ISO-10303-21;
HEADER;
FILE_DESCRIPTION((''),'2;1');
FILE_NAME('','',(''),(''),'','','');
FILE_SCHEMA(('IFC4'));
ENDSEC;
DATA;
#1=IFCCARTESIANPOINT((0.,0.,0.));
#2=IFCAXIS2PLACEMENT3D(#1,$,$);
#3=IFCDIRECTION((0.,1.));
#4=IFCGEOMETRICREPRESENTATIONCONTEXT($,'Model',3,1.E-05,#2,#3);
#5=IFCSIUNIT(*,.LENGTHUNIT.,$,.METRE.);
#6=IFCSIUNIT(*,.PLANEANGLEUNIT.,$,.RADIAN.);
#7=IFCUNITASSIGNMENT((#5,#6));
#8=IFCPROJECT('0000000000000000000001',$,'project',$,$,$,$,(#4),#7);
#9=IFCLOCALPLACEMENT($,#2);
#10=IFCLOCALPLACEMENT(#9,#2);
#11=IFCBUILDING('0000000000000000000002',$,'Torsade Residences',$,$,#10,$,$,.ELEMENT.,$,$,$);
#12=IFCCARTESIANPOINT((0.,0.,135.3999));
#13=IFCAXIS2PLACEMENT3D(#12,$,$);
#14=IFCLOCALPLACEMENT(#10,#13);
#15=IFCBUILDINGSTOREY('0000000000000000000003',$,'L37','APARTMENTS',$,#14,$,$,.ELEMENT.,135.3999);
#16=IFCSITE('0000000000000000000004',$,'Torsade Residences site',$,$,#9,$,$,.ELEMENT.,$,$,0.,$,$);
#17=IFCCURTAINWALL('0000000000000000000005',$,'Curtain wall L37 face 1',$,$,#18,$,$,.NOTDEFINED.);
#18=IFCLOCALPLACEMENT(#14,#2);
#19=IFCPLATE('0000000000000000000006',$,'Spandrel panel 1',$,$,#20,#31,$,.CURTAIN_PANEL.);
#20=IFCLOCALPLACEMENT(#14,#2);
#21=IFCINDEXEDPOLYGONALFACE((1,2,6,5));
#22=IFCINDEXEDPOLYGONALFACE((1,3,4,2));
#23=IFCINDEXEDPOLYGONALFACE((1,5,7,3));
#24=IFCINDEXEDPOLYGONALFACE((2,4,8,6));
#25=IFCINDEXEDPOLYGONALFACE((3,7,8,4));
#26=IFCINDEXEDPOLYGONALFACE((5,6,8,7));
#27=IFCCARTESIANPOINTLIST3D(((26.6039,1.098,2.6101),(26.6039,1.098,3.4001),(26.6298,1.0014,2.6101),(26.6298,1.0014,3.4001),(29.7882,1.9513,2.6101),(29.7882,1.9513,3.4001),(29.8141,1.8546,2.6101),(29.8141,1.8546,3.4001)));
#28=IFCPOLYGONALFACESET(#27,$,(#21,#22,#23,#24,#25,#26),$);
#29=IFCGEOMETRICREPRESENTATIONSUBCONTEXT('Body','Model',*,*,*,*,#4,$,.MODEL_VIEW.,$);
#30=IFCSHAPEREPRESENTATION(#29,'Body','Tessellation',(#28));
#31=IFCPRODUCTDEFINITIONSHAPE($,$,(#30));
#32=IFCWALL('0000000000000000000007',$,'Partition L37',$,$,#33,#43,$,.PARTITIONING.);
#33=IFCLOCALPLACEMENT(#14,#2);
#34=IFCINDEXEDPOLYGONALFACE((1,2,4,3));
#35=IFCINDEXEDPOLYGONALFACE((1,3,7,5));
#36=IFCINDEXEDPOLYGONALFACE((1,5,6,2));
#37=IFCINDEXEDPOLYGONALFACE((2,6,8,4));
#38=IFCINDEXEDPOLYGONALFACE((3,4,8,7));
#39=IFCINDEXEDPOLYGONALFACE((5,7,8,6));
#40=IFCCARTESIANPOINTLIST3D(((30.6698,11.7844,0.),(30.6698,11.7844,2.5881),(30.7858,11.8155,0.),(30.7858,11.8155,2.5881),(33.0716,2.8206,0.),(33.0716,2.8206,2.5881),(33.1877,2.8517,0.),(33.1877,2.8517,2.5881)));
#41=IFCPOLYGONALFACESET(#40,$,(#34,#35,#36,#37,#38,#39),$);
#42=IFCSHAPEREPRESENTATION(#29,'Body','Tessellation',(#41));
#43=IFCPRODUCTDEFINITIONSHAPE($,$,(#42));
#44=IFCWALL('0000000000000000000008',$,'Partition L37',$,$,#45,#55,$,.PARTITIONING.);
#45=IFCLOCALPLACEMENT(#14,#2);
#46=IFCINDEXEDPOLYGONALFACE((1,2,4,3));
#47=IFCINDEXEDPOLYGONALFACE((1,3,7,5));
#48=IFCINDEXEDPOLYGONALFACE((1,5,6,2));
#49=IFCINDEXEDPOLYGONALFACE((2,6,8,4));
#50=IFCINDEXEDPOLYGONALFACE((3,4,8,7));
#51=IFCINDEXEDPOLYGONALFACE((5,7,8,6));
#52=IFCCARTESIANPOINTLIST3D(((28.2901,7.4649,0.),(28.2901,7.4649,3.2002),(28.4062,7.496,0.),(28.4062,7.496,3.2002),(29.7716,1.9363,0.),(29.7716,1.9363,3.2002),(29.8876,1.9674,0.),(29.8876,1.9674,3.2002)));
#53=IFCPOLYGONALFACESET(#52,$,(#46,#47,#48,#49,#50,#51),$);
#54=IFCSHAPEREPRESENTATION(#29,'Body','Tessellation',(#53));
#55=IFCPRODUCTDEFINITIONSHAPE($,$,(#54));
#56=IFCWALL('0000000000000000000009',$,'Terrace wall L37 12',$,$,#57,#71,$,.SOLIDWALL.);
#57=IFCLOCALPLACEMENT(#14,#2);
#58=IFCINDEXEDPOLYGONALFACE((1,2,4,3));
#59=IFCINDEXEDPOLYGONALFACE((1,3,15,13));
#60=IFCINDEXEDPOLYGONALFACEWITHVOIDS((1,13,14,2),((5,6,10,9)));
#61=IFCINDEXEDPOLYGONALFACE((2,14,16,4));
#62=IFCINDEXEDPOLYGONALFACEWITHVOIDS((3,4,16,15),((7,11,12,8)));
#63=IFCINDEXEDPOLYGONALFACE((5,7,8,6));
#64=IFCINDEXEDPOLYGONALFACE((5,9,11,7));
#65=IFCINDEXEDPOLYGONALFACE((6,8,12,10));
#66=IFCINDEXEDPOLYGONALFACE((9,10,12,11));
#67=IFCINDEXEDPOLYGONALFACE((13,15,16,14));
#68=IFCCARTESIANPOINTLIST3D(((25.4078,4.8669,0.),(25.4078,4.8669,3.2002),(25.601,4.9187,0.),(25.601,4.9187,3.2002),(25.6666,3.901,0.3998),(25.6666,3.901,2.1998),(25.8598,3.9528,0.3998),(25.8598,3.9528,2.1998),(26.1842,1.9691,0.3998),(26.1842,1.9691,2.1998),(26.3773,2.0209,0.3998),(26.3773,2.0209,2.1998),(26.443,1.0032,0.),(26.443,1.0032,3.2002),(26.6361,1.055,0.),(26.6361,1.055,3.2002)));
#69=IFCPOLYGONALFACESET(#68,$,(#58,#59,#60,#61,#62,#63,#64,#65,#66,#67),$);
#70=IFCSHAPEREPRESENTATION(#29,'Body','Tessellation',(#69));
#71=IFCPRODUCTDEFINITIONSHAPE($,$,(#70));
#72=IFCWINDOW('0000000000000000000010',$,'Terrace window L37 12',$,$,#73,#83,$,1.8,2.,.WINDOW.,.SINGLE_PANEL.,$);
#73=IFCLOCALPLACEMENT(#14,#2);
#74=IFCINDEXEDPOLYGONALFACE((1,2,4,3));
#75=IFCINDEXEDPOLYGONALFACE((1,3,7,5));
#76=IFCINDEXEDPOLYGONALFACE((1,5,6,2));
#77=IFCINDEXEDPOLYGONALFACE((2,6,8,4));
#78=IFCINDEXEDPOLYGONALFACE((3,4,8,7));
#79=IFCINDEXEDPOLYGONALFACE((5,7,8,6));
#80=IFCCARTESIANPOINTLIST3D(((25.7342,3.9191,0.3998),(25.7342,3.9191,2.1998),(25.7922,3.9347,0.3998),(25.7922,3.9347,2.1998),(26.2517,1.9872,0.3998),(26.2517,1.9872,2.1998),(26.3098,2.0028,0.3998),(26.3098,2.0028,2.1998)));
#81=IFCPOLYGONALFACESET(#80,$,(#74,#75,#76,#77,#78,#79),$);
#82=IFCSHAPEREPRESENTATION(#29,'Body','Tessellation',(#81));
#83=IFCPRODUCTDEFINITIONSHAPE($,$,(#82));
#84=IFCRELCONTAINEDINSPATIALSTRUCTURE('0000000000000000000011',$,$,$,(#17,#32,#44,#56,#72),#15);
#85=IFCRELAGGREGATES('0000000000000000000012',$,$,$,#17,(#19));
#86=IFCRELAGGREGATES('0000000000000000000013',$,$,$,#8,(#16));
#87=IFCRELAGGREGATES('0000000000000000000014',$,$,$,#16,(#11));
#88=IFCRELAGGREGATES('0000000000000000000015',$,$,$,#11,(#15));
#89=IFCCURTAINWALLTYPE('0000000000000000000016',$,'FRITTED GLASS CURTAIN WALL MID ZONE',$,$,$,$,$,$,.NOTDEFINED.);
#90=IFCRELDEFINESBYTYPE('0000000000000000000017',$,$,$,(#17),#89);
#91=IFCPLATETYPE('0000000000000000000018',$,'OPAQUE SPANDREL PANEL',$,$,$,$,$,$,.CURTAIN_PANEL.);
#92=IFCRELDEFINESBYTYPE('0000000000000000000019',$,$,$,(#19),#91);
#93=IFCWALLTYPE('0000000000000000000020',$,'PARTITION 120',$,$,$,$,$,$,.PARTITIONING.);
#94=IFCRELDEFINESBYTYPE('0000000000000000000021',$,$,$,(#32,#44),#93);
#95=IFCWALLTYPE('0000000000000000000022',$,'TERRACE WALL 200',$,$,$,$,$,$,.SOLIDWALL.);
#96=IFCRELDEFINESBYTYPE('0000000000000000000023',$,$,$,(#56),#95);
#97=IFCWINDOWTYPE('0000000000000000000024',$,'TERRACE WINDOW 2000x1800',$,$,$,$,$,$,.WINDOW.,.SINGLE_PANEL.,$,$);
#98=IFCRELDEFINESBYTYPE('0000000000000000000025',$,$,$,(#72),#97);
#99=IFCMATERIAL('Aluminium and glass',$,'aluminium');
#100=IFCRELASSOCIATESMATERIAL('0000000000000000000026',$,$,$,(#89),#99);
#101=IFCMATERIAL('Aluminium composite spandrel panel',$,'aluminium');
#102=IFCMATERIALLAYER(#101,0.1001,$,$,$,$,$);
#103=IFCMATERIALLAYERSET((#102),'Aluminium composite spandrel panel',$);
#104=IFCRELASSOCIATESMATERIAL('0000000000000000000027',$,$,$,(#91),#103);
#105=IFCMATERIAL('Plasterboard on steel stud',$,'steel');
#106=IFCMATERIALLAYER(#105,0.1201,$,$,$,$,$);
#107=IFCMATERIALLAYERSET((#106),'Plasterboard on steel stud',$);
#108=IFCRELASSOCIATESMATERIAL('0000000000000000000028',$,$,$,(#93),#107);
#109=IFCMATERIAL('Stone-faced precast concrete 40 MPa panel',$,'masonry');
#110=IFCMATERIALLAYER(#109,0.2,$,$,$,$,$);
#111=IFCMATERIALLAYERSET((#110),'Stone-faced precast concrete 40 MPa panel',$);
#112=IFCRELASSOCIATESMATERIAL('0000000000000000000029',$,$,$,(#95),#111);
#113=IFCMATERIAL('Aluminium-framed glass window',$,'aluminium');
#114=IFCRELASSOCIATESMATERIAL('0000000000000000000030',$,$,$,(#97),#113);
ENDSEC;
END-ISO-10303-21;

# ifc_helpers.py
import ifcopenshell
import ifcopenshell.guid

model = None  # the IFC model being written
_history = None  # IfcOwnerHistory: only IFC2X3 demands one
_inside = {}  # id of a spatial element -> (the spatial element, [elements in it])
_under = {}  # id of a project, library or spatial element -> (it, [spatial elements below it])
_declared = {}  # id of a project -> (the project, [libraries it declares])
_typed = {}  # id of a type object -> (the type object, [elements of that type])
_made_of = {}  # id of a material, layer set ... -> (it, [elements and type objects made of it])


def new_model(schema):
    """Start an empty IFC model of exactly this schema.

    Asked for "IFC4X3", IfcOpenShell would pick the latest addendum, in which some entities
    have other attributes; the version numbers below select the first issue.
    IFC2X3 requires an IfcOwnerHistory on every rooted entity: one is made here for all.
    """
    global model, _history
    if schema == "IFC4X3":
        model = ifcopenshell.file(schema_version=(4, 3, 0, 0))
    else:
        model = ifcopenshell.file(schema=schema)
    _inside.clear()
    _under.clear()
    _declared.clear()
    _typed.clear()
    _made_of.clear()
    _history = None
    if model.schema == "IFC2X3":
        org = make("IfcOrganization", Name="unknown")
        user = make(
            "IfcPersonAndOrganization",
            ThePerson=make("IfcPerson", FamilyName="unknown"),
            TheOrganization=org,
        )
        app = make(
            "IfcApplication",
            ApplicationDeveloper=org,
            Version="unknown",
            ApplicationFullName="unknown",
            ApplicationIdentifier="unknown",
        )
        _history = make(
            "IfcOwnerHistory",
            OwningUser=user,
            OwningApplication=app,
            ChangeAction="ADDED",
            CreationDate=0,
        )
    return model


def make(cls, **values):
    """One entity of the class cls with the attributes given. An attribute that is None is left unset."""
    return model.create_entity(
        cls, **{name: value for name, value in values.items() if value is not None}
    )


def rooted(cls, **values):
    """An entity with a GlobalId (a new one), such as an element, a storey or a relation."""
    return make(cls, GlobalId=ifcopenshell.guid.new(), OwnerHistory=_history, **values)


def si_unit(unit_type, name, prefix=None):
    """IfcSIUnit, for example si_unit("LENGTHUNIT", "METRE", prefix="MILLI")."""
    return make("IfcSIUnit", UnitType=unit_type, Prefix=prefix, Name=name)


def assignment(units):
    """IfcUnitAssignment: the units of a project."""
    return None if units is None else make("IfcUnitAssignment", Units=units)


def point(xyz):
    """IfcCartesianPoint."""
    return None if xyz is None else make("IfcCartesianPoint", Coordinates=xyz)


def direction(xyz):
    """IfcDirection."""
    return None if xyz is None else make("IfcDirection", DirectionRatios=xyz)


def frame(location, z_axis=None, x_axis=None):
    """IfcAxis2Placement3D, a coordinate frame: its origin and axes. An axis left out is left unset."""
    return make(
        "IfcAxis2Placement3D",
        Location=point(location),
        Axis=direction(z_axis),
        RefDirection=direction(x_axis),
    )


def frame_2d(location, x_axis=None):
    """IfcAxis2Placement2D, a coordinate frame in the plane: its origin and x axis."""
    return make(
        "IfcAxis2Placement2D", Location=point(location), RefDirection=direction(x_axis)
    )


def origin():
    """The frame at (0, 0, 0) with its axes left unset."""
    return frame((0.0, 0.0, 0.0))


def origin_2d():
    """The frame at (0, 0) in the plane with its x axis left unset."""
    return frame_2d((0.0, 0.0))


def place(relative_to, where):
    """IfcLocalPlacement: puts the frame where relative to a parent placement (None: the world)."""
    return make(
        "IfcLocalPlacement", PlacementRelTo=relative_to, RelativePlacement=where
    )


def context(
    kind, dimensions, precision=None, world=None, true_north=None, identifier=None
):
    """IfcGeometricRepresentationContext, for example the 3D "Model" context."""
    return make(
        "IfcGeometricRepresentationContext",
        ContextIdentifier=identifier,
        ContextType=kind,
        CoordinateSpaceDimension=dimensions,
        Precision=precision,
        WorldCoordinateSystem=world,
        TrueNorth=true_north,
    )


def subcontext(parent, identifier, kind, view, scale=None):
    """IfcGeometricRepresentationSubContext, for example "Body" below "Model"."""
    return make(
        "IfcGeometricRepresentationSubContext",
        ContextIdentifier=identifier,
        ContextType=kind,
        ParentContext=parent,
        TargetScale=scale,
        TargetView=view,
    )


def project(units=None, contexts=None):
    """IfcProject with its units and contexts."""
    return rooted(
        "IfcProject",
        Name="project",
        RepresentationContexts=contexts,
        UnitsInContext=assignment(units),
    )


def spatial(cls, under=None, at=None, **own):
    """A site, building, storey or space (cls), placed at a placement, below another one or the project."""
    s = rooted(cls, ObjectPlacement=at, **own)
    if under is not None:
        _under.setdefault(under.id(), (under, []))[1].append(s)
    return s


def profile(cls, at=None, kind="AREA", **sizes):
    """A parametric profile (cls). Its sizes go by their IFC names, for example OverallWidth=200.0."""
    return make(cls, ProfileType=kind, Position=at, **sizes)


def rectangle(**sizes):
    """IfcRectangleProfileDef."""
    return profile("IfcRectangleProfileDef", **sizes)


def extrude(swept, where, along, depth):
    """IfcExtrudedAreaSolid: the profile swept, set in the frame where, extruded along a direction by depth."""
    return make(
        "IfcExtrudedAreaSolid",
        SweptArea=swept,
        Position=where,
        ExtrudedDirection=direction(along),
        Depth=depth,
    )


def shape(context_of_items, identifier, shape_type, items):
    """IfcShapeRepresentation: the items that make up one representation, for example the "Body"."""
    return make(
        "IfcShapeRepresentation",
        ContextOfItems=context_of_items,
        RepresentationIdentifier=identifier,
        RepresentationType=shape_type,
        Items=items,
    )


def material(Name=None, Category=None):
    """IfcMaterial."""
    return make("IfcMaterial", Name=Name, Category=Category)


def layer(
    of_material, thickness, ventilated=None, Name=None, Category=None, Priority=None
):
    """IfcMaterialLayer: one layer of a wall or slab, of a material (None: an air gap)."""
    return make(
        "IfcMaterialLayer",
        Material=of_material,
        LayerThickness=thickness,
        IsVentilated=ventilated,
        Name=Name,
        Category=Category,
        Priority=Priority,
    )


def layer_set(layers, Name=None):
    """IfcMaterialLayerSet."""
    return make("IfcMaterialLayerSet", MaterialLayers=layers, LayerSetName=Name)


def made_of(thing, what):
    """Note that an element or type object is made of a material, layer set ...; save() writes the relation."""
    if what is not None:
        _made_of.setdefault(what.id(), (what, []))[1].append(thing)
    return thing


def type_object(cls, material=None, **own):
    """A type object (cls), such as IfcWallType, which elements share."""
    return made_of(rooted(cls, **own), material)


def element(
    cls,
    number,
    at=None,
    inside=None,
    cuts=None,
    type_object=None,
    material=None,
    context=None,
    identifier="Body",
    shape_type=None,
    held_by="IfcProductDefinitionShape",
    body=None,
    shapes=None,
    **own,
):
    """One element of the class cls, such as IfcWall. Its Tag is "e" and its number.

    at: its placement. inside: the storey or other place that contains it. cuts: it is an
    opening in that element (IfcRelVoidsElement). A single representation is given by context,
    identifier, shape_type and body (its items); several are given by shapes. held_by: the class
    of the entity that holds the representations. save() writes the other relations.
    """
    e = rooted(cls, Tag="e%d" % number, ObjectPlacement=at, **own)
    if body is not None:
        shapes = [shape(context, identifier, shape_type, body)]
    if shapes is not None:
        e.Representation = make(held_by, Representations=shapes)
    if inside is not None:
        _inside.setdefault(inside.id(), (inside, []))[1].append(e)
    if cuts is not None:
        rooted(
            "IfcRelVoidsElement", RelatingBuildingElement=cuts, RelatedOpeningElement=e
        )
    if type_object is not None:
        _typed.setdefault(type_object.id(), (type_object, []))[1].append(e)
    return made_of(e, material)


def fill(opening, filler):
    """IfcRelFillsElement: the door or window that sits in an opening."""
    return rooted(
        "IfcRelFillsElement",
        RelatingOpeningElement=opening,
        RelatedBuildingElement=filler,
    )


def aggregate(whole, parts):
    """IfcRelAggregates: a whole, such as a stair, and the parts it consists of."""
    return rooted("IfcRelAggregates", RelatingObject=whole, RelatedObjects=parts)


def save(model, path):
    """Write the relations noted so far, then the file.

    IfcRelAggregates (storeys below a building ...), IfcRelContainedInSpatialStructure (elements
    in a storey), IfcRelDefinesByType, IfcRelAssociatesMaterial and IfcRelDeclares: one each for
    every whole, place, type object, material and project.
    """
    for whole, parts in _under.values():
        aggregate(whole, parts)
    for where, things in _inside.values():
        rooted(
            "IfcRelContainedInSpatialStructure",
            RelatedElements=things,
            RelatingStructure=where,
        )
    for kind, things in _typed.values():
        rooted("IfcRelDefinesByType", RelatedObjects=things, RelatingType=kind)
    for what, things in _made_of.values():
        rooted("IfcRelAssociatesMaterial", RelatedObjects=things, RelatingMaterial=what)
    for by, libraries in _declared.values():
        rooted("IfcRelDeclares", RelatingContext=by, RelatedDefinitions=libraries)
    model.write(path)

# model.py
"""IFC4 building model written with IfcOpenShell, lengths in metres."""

from ifc_helpers import new_model, si_unit, direction, frame, frame_2d, origin, origin_2d, place, context, subcontext, project, spatial, rectangle, extrude, material, layer, layer_set, type_object, element, fill, aggregate, save


model = new_model("IFC4")

# Units and contexts
model_context = context("Model", 3, precision=1e-05, world=origin(), true_north=direction((0.0, 1.0)))
body_context = subcontext(model_context, "Body", "Model", "MODEL_VIEW")
ifc_project = project(units=[si_unit("LENGTHUNIT", "METRE"), si_unit("PLANEANGLEUNIT", "RADIAN")], contexts=[model_context])

# Site, building, storey
site_placement = place(None, origin())
site = spatial("IfcSite", under=ifc_project, at=site_placement, Name="Torsade Residences site", CompositionType="ELEMENT", RefElevation=0.0)
building_placement = place(site_placement, origin())
building = spatial("IfcBuilding", under=site, at=building_placement, Name="Torsade Residences", CompositionType="ELEMENT")
storey_placement = place(building_placement, frame((0.0, 0.0, 135.3999)))
storey = spatial("IfcBuildingStorey", under=building, at=storey_placement, Name="L37", Description="APARTMENTS", CompositionType="ELEMENT", Elevation=135.3999)

# Curtain wall
ifc_material_1 = material(Name="Aluminium and glass", Category="aluminium")
curtain_wall_type = type_object("IfcCurtainWallType", Name="FRITTED GLASS CURTAIN WALL MID ZONE", PredefinedType="NOTDEFINED", material=ifc_material_1)
curtain_wall_placement = place(storey_placement, origin())
curtain_wall = element("IfcCurtainWall", 1, at=curtain_wall_placement, inside=storey, type_object=curtain_wall_type, Name="Curtain wall L37 face 1", PredefinedType="NOTDEFINED")

# Plate
ifc_material_2 = material(Name="Aluminium composite spandrel panel", Category="aluminium")
ifc_layer_1 = layer(ifc_material_2, 0.1001)
ifc_layer_set_1 = layer_set([ifc_layer_1], Name="Aluminium composite spandrel panel")
plate_type_1 = type_object("IfcPlateType", Name="OPAQUE SPANDREL PANEL", PredefinedType="CURTAIN_PANEL", material=ifc_layer_set_1)
plate_1_placement = place(storey_placement, frame((28.209, 1.4763, 2.6101), z_axis=(0.0, 0.0, 1.0), x_axis=(0.965926, 0.258819, 0.0)))
plate_1 = element("IfcPlate", 2, at=plate_1_placement, type_object=plate_type_1, Name="Spandrel panel 1", PredefinedType="CURTAIN_PANEL", context=body_context, shape_type="SweptSolid", body=[
    extrude(rectangle(XDim=3.2966, YDim=0.1001, at=origin_2d()), origin(), (0.0, 0.0, 1.0), 0.79),
])
aggregate(curtain_wall, [plate_1])

# Walls
ifc_material_3 = material(Name="Plasterboard on steel stud", Category="steel")
ifc_layer_2 = layer(ifc_material_3, 0.1201)
ifc_layer_set_2 = layer_set([ifc_layer_2], Name="Plasterboard on steel stud")
wall_type_1 = type_object("IfcWallType", Name="PARTITION 120", PredefinedType="PARTITIONING", material=ifc_layer_set_2)
wall_1_placement = place(storey_placement, frame((30.7278, 11.8, 0.0), z_axis=(0.0, 0.0, 1.0), x_axis=(0.258818, -0.965926, 0.0)))
element("IfcWall", 3, at=wall_1_placement, inside=storey, type_object=wall_type_1, Name="Partition L37", PredefinedType="PARTITIONING", context=body_context, shape_type="SweptSolid", body=[
    extrude(rectangle(XDim=9.28, YDim=0.1201, at=frame_2d((4.6401, 0.0))), origin(), (0.0, 0.0, 1.0), 2.5881),
])
wall_2_placement = place(storey_placement, frame((28.3481, 7.4805, 0.0), z_axis=(0.0, 0.0, 1.0), x_axis=(0.258831, -0.965923, 0.0)))
element("IfcWall", 4, at=wall_2_placement, inside=storey, type_object=wall_type_1, Name="Partition L37", PredefinedType="PARTITIONING", context=body_context, shape_type="SweptSolid", body=[
    extrude(rectangle(XDim=5.7236, YDim=0.1201, at=frame_2d((2.8618, 0.0))), origin(), (0.0, 0.0, 1.0), 3.2002),
])

# Wall, opening, window
ifc_material_4 = material(Name="Stone-faced precast concrete 40 MPa panel", Category="masonry")
ifc_layer_3 = layer(ifc_material_4, 0.2)
ifc_layer_set_3 = layer_set([ifc_layer_3], Name="Stone-faced precast concrete 40 MPa panel")
wall_type_2 = type_object("IfcWallType", Name="TERRACE WALL 200", PredefinedType="SOLIDWALL", material=ifc_layer_set_3)
wall_3_placement = place(storey_placement, frame((25.5044, 4.8928, 0.0), z_axis=(0.0, 0.0, 1.0), x_axis=(0.258787, -0.965934, 0.0)))
wall_3 = element("IfcWall", 5, at=wall_3_placement, inside=storey, type_object=wall_type_2, Name="Terrace wall L37 12", PredefinedType="SOLIDWALL", context=body_context, shape_type="SweptSolid", body=[
    extrude(rectangle(XDim=4.0, YDim=0.2, at=frame_2d((2.0, 0.0))), origin(), (0.0, 0.0, 1.0), 3.2002),
])
opening_placement = place(wall_3_placement, frame((1.0, 0.0, 0.3999)))
opening = element("IfcOpeningElement", 6, at=opening_placement, cuts=wall_3, PredefinedType="OPENING", context=body_context, shape_type="SweptSolid", body=[
    extrude(rectangle(XDim=2.0, YDim=1.8, at=frame_2d((1.0, 0.8999))), frame((0.0, 0.1099, 0.0), z_axis=(0.0, -1.0, 0.0), x_axis=(1.0, 0.0, 0.0)), (0.0, 0.0, 1.0), 0.22),
])
ifc_material_5 = material(Name="Aluminium-framed glass window", Category="aluminium")
window_type = type_object("IfcWindowType", Name="TERRACE WINDOW 2000x1800", PartitioningType="SINGLE_PANEL", PredefinedType="WINDOW", material=ifc_material_5)
window_placement = place(opening_placement, origin())
window = element("IfcWindow", 7, at=window_placement, inside=storey, type_object=window_type, Name="Terrace window L37 12", OverallHeight=1.8, OverallWidth=2.0, PartitioningType="SINGLE_PANEL", PredefinedType="WINDOW", context=body_context, shape_type="SweptSolid", body=[
    extrude(rectangle(XDim=2.0, YDim=1.8, at=frame_2d((1.0, 0.8999))), frame((0.0, 0.03, 0.0), z_axis=(0.0, -1.0, 0.0), x_axis=(1.0, 0.0, 0.0)), (0.0, 0.0, 1.0), 0.0601),
])
fill(opening, window)

save(model, "model.ifc")
